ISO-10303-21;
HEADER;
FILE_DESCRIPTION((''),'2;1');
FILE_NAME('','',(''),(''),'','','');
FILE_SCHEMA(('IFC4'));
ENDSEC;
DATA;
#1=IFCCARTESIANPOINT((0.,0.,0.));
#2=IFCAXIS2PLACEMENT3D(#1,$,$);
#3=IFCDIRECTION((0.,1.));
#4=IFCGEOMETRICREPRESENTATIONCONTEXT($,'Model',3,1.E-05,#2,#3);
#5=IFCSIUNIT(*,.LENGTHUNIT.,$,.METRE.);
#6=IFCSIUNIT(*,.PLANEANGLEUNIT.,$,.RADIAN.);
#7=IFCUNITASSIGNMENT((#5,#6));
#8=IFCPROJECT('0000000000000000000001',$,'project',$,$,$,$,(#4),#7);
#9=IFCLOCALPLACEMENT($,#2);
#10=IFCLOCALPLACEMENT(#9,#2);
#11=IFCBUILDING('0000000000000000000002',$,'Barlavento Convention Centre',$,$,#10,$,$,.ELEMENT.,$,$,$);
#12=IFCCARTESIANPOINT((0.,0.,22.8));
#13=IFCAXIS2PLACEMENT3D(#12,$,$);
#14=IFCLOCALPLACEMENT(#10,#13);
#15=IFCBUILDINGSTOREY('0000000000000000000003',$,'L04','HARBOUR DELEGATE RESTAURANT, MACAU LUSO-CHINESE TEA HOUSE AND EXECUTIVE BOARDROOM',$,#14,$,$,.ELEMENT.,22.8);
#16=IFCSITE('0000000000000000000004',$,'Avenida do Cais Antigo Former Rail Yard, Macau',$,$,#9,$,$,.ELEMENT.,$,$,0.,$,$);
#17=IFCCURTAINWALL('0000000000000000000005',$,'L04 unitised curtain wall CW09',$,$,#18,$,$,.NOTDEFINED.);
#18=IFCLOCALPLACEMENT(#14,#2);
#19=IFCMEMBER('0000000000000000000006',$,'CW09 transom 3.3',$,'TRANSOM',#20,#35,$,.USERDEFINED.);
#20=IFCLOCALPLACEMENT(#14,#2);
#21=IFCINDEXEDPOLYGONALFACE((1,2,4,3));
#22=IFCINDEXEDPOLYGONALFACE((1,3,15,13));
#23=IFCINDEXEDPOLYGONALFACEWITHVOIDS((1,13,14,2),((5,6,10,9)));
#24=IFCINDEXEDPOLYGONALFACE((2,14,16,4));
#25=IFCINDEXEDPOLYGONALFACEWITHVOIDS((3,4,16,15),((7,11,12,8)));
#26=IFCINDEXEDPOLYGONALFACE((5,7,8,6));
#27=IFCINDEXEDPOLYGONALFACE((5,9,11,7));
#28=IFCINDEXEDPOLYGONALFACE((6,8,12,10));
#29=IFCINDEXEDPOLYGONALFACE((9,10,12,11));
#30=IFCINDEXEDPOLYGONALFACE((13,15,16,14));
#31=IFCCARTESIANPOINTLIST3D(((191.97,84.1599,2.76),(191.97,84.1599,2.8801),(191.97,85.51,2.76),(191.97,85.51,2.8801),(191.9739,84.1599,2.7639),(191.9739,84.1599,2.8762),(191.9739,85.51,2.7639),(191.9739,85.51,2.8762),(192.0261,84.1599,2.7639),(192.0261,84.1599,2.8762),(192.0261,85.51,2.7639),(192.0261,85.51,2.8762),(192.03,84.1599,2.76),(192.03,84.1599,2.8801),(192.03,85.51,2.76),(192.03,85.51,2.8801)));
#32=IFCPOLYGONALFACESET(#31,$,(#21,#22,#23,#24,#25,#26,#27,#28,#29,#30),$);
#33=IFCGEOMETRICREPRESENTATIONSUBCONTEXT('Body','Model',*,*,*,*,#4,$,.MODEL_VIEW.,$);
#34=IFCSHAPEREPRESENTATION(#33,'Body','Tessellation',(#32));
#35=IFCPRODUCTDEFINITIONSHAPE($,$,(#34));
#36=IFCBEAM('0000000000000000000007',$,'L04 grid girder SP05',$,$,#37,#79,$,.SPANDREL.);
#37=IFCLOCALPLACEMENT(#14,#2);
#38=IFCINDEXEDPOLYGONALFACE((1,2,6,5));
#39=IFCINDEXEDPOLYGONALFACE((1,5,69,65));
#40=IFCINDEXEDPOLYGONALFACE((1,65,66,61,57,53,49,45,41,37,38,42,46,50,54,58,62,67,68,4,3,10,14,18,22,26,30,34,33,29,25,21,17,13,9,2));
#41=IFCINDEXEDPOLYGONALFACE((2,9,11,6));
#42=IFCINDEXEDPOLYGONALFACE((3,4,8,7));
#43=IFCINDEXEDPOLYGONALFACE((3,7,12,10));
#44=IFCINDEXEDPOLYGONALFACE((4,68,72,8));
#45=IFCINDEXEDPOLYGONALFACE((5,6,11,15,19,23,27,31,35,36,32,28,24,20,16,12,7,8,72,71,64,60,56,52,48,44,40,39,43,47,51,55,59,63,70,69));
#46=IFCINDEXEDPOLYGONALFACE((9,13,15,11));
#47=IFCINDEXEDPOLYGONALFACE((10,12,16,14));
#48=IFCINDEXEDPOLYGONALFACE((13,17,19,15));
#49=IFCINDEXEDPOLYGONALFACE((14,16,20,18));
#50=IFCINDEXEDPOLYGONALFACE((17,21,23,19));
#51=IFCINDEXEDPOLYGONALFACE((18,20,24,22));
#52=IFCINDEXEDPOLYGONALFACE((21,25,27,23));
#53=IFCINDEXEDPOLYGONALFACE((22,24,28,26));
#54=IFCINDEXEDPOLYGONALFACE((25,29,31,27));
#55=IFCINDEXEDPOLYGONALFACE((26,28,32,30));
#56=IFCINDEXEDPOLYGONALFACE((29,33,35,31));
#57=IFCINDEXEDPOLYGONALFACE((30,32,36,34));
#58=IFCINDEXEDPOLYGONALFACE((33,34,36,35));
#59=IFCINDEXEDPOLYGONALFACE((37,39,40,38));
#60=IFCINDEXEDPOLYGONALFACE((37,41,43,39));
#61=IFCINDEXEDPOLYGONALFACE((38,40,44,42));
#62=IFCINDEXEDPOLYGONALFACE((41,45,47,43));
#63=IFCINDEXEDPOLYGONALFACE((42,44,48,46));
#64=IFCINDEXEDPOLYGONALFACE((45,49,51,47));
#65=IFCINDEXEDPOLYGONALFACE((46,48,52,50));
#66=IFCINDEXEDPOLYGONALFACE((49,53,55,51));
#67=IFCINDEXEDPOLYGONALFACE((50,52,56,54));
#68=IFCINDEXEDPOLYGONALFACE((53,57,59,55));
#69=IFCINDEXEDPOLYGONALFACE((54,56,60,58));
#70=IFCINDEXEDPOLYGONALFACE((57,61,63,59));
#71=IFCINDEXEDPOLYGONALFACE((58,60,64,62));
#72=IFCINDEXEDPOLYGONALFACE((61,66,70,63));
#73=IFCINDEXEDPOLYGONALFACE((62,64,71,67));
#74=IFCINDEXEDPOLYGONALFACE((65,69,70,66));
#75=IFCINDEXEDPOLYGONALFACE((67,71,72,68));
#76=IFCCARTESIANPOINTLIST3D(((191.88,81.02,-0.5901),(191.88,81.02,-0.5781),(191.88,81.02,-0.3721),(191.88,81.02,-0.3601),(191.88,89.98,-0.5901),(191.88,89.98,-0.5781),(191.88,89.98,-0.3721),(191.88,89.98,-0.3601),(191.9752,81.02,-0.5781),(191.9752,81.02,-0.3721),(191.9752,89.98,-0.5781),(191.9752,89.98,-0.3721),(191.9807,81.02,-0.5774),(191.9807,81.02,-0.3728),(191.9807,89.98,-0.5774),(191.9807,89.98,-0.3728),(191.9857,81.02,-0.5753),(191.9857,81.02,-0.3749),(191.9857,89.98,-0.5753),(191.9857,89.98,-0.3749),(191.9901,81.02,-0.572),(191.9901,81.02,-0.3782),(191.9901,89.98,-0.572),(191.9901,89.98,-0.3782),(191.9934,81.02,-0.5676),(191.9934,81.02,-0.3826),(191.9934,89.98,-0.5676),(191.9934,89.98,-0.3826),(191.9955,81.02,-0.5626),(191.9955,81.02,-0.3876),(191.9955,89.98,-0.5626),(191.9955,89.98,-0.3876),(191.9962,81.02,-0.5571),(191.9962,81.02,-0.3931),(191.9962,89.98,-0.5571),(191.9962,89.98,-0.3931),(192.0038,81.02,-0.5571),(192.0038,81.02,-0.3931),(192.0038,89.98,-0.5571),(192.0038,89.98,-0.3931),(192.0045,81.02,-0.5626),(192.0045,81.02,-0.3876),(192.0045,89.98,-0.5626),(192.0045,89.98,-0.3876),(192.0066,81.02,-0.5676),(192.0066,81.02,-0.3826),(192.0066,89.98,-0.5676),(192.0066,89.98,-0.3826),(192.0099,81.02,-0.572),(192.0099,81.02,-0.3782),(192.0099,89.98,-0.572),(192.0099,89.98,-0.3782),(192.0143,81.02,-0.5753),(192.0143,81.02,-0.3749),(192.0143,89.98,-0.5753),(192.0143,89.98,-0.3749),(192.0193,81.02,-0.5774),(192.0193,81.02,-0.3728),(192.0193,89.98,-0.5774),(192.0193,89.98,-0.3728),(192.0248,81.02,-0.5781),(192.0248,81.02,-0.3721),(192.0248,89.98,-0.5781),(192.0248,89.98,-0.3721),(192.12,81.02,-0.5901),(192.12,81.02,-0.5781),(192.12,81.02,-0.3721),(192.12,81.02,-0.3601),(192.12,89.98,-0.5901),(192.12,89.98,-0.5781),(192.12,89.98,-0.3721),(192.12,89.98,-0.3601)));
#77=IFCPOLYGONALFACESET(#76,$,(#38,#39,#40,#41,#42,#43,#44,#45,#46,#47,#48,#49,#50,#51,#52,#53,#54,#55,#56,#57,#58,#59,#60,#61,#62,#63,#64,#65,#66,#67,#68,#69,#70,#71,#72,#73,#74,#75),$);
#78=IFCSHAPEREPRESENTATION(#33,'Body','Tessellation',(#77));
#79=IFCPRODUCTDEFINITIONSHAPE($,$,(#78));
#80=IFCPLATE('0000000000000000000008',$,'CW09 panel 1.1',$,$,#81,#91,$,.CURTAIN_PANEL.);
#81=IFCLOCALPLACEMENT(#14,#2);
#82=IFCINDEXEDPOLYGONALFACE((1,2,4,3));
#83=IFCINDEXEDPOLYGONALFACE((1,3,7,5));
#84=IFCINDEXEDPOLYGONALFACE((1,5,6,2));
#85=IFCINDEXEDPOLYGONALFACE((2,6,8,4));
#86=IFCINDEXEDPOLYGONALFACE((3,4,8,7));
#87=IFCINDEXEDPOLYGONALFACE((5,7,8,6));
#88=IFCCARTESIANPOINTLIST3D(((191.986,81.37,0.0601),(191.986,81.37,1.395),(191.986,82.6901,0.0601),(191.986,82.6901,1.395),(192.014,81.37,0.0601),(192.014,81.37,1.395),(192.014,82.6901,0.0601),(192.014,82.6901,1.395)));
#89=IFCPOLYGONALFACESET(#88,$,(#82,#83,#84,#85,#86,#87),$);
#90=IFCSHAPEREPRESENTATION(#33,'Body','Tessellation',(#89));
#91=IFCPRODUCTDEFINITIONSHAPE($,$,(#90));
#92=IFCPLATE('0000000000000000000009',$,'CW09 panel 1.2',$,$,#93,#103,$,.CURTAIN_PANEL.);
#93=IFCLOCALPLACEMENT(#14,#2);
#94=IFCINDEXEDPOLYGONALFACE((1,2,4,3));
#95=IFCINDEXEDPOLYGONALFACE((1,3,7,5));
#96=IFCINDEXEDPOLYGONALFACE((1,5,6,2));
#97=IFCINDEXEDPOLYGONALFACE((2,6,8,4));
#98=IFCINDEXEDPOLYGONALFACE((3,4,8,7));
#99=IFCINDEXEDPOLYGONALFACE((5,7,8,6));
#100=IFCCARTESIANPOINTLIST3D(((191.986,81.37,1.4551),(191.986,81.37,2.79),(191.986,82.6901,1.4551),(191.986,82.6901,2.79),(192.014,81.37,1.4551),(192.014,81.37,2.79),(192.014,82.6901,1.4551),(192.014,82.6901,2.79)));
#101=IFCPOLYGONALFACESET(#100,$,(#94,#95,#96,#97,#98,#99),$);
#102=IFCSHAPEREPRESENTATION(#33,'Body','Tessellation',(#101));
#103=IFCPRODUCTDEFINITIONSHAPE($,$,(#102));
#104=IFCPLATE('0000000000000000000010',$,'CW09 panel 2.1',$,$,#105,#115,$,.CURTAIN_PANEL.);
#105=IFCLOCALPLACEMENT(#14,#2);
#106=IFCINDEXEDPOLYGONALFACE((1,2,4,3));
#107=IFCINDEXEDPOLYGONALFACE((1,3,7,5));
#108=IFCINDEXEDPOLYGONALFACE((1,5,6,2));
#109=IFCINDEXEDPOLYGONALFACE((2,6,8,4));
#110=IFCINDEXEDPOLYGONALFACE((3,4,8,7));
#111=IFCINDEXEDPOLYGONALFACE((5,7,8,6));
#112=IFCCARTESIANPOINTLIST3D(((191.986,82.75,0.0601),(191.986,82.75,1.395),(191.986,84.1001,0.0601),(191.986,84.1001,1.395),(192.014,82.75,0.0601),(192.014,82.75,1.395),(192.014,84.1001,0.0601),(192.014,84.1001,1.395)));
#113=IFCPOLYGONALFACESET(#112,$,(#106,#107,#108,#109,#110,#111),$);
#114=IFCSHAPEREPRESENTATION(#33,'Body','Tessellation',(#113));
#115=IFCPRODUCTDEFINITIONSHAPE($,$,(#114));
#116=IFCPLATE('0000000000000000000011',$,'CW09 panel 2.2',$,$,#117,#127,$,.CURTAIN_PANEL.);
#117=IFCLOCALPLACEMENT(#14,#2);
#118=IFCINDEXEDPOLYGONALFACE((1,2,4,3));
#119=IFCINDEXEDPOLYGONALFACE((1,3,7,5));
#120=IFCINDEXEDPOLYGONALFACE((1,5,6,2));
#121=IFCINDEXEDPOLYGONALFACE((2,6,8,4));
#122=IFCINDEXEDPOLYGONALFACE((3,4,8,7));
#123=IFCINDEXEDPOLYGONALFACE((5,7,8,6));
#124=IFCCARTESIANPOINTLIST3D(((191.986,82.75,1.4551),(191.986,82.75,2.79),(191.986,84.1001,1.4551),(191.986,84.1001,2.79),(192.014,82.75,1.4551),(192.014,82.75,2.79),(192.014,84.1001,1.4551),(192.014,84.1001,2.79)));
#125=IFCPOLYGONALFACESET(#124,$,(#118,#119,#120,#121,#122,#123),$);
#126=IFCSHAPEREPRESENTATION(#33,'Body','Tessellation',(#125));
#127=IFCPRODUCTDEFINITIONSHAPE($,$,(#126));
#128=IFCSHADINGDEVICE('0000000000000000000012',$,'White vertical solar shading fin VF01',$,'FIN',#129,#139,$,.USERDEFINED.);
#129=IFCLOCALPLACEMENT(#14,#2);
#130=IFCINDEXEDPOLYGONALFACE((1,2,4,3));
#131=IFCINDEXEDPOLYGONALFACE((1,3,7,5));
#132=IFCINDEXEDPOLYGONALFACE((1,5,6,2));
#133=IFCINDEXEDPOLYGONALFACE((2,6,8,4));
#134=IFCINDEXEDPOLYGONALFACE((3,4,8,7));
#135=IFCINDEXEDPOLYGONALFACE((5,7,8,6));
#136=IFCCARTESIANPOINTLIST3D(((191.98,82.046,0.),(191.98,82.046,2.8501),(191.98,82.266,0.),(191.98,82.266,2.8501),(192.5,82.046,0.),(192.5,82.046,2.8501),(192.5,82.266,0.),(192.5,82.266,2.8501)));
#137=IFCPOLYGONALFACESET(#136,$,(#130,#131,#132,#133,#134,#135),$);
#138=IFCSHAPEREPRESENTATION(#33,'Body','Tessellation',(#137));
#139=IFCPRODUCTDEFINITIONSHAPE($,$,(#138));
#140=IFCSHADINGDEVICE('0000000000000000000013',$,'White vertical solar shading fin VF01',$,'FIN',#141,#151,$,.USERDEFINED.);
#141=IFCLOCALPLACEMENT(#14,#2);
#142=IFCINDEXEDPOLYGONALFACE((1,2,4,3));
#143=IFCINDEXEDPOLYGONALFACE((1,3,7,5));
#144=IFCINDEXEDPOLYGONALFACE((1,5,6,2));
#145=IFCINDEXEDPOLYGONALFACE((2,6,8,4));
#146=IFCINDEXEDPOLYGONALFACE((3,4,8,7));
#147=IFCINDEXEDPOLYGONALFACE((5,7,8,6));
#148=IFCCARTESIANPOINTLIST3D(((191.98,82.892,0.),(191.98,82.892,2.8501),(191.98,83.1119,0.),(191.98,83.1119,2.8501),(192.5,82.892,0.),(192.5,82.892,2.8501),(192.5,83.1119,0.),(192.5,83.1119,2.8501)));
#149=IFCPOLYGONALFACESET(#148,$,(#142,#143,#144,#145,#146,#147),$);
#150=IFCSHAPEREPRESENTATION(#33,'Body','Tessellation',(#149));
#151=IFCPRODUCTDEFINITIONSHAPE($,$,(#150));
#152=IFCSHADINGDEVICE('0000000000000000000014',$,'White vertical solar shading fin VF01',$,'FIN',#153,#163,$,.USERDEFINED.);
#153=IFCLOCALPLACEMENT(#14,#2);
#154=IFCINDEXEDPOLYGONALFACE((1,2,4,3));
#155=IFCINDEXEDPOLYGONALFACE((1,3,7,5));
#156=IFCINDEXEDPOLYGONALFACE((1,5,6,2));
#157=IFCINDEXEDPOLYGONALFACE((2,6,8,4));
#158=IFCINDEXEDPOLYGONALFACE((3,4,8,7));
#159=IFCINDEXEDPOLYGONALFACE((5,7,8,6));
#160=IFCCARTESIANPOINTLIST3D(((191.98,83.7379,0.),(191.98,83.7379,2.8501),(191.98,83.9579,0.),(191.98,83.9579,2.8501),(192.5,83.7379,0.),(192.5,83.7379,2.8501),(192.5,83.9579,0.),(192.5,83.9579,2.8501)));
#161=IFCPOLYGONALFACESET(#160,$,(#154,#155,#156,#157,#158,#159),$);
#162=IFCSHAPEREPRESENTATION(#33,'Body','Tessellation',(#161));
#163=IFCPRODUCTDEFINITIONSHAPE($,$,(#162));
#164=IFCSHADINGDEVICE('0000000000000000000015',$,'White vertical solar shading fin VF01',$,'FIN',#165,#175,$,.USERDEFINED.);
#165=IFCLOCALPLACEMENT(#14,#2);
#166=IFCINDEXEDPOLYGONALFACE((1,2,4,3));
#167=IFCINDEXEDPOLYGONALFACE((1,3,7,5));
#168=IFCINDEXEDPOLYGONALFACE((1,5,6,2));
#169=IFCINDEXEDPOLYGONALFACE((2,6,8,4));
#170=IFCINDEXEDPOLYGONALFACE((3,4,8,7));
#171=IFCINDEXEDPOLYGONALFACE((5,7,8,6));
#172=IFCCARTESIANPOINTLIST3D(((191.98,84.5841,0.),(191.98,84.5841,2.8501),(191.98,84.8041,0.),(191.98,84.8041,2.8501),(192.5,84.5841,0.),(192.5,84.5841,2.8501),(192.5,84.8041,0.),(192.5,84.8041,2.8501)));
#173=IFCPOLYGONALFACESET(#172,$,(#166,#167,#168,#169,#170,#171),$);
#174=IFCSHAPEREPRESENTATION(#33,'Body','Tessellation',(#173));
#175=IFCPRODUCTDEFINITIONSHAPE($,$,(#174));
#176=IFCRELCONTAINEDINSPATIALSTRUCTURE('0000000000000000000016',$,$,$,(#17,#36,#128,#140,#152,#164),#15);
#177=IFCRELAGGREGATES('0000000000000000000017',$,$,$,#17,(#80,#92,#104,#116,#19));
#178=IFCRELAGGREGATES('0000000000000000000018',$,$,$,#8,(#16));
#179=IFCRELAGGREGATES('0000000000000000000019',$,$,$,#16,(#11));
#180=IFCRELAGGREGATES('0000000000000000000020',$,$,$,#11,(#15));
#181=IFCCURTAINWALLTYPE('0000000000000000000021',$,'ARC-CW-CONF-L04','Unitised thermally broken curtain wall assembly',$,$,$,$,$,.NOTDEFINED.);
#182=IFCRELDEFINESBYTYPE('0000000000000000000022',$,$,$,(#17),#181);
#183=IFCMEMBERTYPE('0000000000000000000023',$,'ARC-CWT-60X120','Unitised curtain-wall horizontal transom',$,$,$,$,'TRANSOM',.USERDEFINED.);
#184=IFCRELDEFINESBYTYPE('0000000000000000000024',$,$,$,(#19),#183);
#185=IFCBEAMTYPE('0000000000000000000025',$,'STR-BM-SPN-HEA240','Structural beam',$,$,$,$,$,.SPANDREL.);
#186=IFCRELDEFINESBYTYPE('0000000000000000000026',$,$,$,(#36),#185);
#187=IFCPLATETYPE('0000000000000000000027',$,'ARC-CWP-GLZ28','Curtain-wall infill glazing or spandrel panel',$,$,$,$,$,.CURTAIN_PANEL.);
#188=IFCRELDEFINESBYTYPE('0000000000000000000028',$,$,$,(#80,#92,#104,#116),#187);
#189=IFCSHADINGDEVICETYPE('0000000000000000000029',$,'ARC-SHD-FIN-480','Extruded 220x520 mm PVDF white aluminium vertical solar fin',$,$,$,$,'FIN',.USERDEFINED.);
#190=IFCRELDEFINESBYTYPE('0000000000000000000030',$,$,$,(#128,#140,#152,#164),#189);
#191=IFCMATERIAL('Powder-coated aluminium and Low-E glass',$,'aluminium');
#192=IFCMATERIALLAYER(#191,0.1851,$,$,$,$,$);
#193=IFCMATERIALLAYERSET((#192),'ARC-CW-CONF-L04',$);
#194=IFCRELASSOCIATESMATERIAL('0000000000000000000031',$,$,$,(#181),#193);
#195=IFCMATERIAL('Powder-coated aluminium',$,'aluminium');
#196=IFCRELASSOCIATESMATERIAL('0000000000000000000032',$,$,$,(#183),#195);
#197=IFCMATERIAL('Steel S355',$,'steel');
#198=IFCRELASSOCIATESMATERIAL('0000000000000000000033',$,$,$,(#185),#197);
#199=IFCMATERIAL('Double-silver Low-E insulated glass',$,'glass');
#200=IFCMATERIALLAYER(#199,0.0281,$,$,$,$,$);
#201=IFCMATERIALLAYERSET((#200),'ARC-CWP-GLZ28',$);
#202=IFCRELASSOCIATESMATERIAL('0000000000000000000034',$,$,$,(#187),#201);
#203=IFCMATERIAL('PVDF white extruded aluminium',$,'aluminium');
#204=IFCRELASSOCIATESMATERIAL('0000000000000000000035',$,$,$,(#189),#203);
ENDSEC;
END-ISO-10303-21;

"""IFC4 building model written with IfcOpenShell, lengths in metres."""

from ifc_helpers import new_model, si_unit, direction, frame, origin, origin_2d, place, context, subcontext, project, spatial, rectangle, hollow_rectangle, i_section, extrude, material, layer, layer_set, material_profile, profile_set, type_object, element, aggregate, save


model = new_model("IFC4")

# Units and contexts
model_context = context("Model", 3, precision=1e-05, world=origin(), true_north=direction((0.0, 1.0)))
body_context = subcontext(model_context, "Body", "Model", "MODEL_VIEW")
ifc_project = project(units=[si_unit("LENGTHUNIT", "METRE"), si_unit("PLANEANGLEUNIT", "RADIAN")], contexts=[model_context])

# Site, building, storey
site_placement = place(None, origin())
site = spatial("IfcSite", under=ifc_project, at=site_placement, Name="Avenida do Cais Antigo Former Rail Yard, Macau", CompositionType="ELEMENT", RefElevation=0.0)
building_placement = place(site_placement, origin())
building = spatial("IfcBuilding", under=site, at=building_placement, Name="Barlavento Convention Centre", CompositionType="ELEMENT")
storey_placement = place(building_placement, frame((0.0, 0.0, 22.8)))
storey = spatial("IfcBuildingStorey", under=building, at=storey_placement, Name="L04", Description="HARBOUR DELEGATE RESTAURANT, MACAU LUSO-CHINESE TEA HOUSE AND EXECUTIVE BOARDROOM", CompositionType="ELEMENT", Elevation=22.8)

# Curtain wall, member
ifc_material_1 = material(Name="Powder-coated aluminium and Low-E glass", Category="aluminium")
ifc_layer_1 = layer(ifc_material_1, 0.1851)
ifc_layer_set_1 = layer_set([ifc_layer_1], Name="ARC-CW-CONF-L04")
curtain_wall_type = type_object("IfcCurtainWallType", Name="ARC-CW-CONF-L04", Description="Unitised thermally broken curtain wall assembly", PredefinedType="NOTDEFINED", material=ifc_layer_set_1)
curtain_wall_placement = place(storey_placement, origin())
curtain_wall = element("IfcCurtainWall", 1, at=curtain_wall_placement, inside=storey, type_object=curtain_wall_type, Name="L04 unitised curtain wall CW09", PredefinedType="NOTDEFINED")
ifc_material_2 = material(Name="Powder-coated aluminium", Category="aluminium")
ifc_material_profile_1 = material_profile(ifc_material_2, hollow_rectangle(XDim=0.0601, YDim=0.1201, WallThickness=0.0039, at=origin_2d()), Name="AL-TRAN 60x120x4")
ifc_profile_set_1 = profile_set([ifc_material_profile_1], Name="Powder-coated aluminium")
member_type_1 = type_object("IfcMemberType", Name="ARC-CWT-60X120", Description="Unitised curtain-wall horizontal transom", ElementType="TRANSOM", PredefinedType="USERDEFINED", material=ifc_profile_set_1)
member_1_placement = place(storey_placement, frame((192.0, 84.1599, 2.8201), z_axis=(0.0, 1.0, 0.0), x_axis=(-1.0, 0.0, 0.0)))
member_1 = element("IfcMember", 2, at=member_1_placement, type_object=member_type_1, Name="CW09 transom 3.3", ObjectType="TRANSOM", PredefinedType="USERDEFINED", context=body_context, shape_type="SweptSolid", body=[
    extrude(hollow_rectangle(XDim=0.0601, YDim=0.1201, WallThickness=0.0039, at=origin_2d()), origin(), (0.0, 0.0, 1.0), 1.3501),
])

# Beam
ifc_material_3 = material(Name="Steel S355", Category="steel")
ifc_material_profile_2 = material_profile(ifc_material_3, i_section(OverallWidth=0.24, OverallDepth=0.23, WebThickness=0.0076, FlangeThickness=0.012, FilletRadius=0.021, at=origin_2d()), Name="HEA 240")
ifc_profile_set_2 = profile_set([ifc_material_profile_2], Name="Steel S355")
beam_type = type_object("IfcBeamType", Name="STR-BM-SPN-HEA240", Description="Structural beam", PredefinedType="SPANDREL", material=ifc_profile_set_2)
beam_placement = place(storey_placement, frame((192.0, 81.02, -0.4751), z_axis=(0.0, 1.0, 0.0), x_axis=(-1.0, 0.0, 0.0)))
element("IfcBeam", 3, at=beam_placement, inside=storey, type_object=beam_type, Name="L04 grid girder SP05", PredefinedType="SPANDREL", context=body_context, shape_type="SweptSolid", body=[
    extrude(i_section(OverallWidth=0.24, OverallDepth=0.23, WebThickness=0.0076, FlangeThickness=0.012, FilletRadius=0.021, at=origin_2d()), origin(), (0.0, 0.0, 1.0), 8.96),
])

# Plates
ifc_material_4 = material(Name="Double-silver Low-E insulated glass", Category="glass")
ifc_layer_2 = layer(ifc_material_4, 0.0281)
ifc_layer_set_2 = layer_set([ifc_layer_2], Name="ARC-CWP-GLZ28")
plate_type = type_object("IfcPlateType", Name="ARC-CWP-GLZ28", Description="Curtain-wall infill glazing or spandrel panel", PredefinedType="CURTAIN_PANEL", material=ifc_layer_set_2)
plate_1_placement = place(storey_placement, frame((192.0, 82.03, 0.0601), z_axis=(0.0, 0.0, 1.0), x_axis=(0.0, 1.0, 0.0)))
plate_1 = element("IfcPlate", 4, at=plate_1_placement, type_object=plate_type, Name="CW09 panel 1.1", PredefinedType="CURTAIN_PANEL", context=body_context, shape_type="SweptSolid", body=[
    extrude(rectangle(XDim=1.3201, YDim=0.0281, at=origin_2d()), origin(), (0.0, 0.0, 1.0), 1.335),
])
plate_2_placement = place(storey_placement, frame((192.0, 82.03, 1.4551), z_axis=(0.0, 0.0, 1.0), x_axis=(0.0, 1.0, 0.0)))
plate_2 = element("IfcPlate", 5, at=plate_2_placement, type_object=plate_type, Name="CW09 panel 1.2", PredefinedType="CURTAIN_PANEL", context=body_context, shape_type="SweptSolid", body=[
    extrude(rectangle(XDim=1.3201, YDim=0.0281, at=origin_2d()), origin(), (0.0, 0.0, 1.0), 1.335),
])
plate_3_placement = place(storey_placement, frame((192.0, 83.425, 0.0601), z_axis=(0.0, 0.0, 1.0), x_axis=(0.0, 1.0, 0.0)))
plate_3 = element("IfcPlate", 6, at=plate_3_placement, type_object=plate_type, Name="CW09 panel 2.1", PredefinedType="CURTAIN_PANEL", context=body_context, shape_type="SweptSolid", body=[
    extrude(rectangle(XDim=1.3501, YDim=0.0281, at=origin_2d()), origin(), (0.0, 0.0, 1.0), 1.335),
])
plate_4_placement = place(storey_placement, frame((192.0, 83.425, 1.4551), z_axis=(0.0, 0.0, 1.0), x_axis=(0.0, 1.0, 0.0)))
plate_4 = element("IfcPlate", 7, at=plate_4_placement, type_object=plate_type, Name="CW09 panel 2.2", PredefinedType="CURTAIN_PANEL", context=body_context, shape_type="SweptSolid", body=[
    extrude(rectangle(XDim=1.3501, YDim=0.0281, at=origin_2d()), origin(), (0.0, 0.0, 1.0), 1.335),
])
aggregate(curtain_wall, [plate_1, plate_2, plate_3, plate_4, member_1])

# Shading devices
ifc_material_5 = material(Name="PVDF white extruded aluminium", Category="aluminium")
shading_device_type = type_object("IfcShadingDeviceType", Name="ARC-SHD-FIN-480", Description="Extruded 220x520 mm PVDF white aluminium vertical solar fin", ElementType="FIN", PredefinedType="USERDEFINED", material=ifc_material_5)
for number, where, z_axis, x_axis, name in (
    (8, (192.24, 82.156, 0.0), (0.0, 0.0, 1.0), (0.0, 1.0, 0.0), "White vertical solar shading fin VF01"),
    (9, (192.24, 83.002, 0.0), (0.0, 0.0, 1.0), (0.0, 1.0, 0.0), "White vertical solar shading fin VF01"),
    (10, (192.24, 83.8479, 0.0), (0.0, 0.0, 1.0), (0.0, 1.0, 0.0), "White vertical solar shading fin VF01"),
    (11, (192.24, 84.6941, 0.0), (0.0, 0.0, 1.0), (0.0, 1.0, 0.0), "White vertical solar shading fin VF01"),
):
    element("IfcShadingDevice", number, at=place(storey_placement, frame(where, z_axis=z_axis, x_axis=x_axis)), inside=storey, type_object=shading_device_type, Name=name, ObjectType="FIN", PredefinedType="USERDEFINED", context=body_context, shape_type="SweptSolid", body=[
        extrude(rectangle(XDim=0.22, YDim=0.52, at=origin_2d()), origin(), (0.0, 0.0, 1.0), 2.8501),
    ])

save(model, "model.ifc")
